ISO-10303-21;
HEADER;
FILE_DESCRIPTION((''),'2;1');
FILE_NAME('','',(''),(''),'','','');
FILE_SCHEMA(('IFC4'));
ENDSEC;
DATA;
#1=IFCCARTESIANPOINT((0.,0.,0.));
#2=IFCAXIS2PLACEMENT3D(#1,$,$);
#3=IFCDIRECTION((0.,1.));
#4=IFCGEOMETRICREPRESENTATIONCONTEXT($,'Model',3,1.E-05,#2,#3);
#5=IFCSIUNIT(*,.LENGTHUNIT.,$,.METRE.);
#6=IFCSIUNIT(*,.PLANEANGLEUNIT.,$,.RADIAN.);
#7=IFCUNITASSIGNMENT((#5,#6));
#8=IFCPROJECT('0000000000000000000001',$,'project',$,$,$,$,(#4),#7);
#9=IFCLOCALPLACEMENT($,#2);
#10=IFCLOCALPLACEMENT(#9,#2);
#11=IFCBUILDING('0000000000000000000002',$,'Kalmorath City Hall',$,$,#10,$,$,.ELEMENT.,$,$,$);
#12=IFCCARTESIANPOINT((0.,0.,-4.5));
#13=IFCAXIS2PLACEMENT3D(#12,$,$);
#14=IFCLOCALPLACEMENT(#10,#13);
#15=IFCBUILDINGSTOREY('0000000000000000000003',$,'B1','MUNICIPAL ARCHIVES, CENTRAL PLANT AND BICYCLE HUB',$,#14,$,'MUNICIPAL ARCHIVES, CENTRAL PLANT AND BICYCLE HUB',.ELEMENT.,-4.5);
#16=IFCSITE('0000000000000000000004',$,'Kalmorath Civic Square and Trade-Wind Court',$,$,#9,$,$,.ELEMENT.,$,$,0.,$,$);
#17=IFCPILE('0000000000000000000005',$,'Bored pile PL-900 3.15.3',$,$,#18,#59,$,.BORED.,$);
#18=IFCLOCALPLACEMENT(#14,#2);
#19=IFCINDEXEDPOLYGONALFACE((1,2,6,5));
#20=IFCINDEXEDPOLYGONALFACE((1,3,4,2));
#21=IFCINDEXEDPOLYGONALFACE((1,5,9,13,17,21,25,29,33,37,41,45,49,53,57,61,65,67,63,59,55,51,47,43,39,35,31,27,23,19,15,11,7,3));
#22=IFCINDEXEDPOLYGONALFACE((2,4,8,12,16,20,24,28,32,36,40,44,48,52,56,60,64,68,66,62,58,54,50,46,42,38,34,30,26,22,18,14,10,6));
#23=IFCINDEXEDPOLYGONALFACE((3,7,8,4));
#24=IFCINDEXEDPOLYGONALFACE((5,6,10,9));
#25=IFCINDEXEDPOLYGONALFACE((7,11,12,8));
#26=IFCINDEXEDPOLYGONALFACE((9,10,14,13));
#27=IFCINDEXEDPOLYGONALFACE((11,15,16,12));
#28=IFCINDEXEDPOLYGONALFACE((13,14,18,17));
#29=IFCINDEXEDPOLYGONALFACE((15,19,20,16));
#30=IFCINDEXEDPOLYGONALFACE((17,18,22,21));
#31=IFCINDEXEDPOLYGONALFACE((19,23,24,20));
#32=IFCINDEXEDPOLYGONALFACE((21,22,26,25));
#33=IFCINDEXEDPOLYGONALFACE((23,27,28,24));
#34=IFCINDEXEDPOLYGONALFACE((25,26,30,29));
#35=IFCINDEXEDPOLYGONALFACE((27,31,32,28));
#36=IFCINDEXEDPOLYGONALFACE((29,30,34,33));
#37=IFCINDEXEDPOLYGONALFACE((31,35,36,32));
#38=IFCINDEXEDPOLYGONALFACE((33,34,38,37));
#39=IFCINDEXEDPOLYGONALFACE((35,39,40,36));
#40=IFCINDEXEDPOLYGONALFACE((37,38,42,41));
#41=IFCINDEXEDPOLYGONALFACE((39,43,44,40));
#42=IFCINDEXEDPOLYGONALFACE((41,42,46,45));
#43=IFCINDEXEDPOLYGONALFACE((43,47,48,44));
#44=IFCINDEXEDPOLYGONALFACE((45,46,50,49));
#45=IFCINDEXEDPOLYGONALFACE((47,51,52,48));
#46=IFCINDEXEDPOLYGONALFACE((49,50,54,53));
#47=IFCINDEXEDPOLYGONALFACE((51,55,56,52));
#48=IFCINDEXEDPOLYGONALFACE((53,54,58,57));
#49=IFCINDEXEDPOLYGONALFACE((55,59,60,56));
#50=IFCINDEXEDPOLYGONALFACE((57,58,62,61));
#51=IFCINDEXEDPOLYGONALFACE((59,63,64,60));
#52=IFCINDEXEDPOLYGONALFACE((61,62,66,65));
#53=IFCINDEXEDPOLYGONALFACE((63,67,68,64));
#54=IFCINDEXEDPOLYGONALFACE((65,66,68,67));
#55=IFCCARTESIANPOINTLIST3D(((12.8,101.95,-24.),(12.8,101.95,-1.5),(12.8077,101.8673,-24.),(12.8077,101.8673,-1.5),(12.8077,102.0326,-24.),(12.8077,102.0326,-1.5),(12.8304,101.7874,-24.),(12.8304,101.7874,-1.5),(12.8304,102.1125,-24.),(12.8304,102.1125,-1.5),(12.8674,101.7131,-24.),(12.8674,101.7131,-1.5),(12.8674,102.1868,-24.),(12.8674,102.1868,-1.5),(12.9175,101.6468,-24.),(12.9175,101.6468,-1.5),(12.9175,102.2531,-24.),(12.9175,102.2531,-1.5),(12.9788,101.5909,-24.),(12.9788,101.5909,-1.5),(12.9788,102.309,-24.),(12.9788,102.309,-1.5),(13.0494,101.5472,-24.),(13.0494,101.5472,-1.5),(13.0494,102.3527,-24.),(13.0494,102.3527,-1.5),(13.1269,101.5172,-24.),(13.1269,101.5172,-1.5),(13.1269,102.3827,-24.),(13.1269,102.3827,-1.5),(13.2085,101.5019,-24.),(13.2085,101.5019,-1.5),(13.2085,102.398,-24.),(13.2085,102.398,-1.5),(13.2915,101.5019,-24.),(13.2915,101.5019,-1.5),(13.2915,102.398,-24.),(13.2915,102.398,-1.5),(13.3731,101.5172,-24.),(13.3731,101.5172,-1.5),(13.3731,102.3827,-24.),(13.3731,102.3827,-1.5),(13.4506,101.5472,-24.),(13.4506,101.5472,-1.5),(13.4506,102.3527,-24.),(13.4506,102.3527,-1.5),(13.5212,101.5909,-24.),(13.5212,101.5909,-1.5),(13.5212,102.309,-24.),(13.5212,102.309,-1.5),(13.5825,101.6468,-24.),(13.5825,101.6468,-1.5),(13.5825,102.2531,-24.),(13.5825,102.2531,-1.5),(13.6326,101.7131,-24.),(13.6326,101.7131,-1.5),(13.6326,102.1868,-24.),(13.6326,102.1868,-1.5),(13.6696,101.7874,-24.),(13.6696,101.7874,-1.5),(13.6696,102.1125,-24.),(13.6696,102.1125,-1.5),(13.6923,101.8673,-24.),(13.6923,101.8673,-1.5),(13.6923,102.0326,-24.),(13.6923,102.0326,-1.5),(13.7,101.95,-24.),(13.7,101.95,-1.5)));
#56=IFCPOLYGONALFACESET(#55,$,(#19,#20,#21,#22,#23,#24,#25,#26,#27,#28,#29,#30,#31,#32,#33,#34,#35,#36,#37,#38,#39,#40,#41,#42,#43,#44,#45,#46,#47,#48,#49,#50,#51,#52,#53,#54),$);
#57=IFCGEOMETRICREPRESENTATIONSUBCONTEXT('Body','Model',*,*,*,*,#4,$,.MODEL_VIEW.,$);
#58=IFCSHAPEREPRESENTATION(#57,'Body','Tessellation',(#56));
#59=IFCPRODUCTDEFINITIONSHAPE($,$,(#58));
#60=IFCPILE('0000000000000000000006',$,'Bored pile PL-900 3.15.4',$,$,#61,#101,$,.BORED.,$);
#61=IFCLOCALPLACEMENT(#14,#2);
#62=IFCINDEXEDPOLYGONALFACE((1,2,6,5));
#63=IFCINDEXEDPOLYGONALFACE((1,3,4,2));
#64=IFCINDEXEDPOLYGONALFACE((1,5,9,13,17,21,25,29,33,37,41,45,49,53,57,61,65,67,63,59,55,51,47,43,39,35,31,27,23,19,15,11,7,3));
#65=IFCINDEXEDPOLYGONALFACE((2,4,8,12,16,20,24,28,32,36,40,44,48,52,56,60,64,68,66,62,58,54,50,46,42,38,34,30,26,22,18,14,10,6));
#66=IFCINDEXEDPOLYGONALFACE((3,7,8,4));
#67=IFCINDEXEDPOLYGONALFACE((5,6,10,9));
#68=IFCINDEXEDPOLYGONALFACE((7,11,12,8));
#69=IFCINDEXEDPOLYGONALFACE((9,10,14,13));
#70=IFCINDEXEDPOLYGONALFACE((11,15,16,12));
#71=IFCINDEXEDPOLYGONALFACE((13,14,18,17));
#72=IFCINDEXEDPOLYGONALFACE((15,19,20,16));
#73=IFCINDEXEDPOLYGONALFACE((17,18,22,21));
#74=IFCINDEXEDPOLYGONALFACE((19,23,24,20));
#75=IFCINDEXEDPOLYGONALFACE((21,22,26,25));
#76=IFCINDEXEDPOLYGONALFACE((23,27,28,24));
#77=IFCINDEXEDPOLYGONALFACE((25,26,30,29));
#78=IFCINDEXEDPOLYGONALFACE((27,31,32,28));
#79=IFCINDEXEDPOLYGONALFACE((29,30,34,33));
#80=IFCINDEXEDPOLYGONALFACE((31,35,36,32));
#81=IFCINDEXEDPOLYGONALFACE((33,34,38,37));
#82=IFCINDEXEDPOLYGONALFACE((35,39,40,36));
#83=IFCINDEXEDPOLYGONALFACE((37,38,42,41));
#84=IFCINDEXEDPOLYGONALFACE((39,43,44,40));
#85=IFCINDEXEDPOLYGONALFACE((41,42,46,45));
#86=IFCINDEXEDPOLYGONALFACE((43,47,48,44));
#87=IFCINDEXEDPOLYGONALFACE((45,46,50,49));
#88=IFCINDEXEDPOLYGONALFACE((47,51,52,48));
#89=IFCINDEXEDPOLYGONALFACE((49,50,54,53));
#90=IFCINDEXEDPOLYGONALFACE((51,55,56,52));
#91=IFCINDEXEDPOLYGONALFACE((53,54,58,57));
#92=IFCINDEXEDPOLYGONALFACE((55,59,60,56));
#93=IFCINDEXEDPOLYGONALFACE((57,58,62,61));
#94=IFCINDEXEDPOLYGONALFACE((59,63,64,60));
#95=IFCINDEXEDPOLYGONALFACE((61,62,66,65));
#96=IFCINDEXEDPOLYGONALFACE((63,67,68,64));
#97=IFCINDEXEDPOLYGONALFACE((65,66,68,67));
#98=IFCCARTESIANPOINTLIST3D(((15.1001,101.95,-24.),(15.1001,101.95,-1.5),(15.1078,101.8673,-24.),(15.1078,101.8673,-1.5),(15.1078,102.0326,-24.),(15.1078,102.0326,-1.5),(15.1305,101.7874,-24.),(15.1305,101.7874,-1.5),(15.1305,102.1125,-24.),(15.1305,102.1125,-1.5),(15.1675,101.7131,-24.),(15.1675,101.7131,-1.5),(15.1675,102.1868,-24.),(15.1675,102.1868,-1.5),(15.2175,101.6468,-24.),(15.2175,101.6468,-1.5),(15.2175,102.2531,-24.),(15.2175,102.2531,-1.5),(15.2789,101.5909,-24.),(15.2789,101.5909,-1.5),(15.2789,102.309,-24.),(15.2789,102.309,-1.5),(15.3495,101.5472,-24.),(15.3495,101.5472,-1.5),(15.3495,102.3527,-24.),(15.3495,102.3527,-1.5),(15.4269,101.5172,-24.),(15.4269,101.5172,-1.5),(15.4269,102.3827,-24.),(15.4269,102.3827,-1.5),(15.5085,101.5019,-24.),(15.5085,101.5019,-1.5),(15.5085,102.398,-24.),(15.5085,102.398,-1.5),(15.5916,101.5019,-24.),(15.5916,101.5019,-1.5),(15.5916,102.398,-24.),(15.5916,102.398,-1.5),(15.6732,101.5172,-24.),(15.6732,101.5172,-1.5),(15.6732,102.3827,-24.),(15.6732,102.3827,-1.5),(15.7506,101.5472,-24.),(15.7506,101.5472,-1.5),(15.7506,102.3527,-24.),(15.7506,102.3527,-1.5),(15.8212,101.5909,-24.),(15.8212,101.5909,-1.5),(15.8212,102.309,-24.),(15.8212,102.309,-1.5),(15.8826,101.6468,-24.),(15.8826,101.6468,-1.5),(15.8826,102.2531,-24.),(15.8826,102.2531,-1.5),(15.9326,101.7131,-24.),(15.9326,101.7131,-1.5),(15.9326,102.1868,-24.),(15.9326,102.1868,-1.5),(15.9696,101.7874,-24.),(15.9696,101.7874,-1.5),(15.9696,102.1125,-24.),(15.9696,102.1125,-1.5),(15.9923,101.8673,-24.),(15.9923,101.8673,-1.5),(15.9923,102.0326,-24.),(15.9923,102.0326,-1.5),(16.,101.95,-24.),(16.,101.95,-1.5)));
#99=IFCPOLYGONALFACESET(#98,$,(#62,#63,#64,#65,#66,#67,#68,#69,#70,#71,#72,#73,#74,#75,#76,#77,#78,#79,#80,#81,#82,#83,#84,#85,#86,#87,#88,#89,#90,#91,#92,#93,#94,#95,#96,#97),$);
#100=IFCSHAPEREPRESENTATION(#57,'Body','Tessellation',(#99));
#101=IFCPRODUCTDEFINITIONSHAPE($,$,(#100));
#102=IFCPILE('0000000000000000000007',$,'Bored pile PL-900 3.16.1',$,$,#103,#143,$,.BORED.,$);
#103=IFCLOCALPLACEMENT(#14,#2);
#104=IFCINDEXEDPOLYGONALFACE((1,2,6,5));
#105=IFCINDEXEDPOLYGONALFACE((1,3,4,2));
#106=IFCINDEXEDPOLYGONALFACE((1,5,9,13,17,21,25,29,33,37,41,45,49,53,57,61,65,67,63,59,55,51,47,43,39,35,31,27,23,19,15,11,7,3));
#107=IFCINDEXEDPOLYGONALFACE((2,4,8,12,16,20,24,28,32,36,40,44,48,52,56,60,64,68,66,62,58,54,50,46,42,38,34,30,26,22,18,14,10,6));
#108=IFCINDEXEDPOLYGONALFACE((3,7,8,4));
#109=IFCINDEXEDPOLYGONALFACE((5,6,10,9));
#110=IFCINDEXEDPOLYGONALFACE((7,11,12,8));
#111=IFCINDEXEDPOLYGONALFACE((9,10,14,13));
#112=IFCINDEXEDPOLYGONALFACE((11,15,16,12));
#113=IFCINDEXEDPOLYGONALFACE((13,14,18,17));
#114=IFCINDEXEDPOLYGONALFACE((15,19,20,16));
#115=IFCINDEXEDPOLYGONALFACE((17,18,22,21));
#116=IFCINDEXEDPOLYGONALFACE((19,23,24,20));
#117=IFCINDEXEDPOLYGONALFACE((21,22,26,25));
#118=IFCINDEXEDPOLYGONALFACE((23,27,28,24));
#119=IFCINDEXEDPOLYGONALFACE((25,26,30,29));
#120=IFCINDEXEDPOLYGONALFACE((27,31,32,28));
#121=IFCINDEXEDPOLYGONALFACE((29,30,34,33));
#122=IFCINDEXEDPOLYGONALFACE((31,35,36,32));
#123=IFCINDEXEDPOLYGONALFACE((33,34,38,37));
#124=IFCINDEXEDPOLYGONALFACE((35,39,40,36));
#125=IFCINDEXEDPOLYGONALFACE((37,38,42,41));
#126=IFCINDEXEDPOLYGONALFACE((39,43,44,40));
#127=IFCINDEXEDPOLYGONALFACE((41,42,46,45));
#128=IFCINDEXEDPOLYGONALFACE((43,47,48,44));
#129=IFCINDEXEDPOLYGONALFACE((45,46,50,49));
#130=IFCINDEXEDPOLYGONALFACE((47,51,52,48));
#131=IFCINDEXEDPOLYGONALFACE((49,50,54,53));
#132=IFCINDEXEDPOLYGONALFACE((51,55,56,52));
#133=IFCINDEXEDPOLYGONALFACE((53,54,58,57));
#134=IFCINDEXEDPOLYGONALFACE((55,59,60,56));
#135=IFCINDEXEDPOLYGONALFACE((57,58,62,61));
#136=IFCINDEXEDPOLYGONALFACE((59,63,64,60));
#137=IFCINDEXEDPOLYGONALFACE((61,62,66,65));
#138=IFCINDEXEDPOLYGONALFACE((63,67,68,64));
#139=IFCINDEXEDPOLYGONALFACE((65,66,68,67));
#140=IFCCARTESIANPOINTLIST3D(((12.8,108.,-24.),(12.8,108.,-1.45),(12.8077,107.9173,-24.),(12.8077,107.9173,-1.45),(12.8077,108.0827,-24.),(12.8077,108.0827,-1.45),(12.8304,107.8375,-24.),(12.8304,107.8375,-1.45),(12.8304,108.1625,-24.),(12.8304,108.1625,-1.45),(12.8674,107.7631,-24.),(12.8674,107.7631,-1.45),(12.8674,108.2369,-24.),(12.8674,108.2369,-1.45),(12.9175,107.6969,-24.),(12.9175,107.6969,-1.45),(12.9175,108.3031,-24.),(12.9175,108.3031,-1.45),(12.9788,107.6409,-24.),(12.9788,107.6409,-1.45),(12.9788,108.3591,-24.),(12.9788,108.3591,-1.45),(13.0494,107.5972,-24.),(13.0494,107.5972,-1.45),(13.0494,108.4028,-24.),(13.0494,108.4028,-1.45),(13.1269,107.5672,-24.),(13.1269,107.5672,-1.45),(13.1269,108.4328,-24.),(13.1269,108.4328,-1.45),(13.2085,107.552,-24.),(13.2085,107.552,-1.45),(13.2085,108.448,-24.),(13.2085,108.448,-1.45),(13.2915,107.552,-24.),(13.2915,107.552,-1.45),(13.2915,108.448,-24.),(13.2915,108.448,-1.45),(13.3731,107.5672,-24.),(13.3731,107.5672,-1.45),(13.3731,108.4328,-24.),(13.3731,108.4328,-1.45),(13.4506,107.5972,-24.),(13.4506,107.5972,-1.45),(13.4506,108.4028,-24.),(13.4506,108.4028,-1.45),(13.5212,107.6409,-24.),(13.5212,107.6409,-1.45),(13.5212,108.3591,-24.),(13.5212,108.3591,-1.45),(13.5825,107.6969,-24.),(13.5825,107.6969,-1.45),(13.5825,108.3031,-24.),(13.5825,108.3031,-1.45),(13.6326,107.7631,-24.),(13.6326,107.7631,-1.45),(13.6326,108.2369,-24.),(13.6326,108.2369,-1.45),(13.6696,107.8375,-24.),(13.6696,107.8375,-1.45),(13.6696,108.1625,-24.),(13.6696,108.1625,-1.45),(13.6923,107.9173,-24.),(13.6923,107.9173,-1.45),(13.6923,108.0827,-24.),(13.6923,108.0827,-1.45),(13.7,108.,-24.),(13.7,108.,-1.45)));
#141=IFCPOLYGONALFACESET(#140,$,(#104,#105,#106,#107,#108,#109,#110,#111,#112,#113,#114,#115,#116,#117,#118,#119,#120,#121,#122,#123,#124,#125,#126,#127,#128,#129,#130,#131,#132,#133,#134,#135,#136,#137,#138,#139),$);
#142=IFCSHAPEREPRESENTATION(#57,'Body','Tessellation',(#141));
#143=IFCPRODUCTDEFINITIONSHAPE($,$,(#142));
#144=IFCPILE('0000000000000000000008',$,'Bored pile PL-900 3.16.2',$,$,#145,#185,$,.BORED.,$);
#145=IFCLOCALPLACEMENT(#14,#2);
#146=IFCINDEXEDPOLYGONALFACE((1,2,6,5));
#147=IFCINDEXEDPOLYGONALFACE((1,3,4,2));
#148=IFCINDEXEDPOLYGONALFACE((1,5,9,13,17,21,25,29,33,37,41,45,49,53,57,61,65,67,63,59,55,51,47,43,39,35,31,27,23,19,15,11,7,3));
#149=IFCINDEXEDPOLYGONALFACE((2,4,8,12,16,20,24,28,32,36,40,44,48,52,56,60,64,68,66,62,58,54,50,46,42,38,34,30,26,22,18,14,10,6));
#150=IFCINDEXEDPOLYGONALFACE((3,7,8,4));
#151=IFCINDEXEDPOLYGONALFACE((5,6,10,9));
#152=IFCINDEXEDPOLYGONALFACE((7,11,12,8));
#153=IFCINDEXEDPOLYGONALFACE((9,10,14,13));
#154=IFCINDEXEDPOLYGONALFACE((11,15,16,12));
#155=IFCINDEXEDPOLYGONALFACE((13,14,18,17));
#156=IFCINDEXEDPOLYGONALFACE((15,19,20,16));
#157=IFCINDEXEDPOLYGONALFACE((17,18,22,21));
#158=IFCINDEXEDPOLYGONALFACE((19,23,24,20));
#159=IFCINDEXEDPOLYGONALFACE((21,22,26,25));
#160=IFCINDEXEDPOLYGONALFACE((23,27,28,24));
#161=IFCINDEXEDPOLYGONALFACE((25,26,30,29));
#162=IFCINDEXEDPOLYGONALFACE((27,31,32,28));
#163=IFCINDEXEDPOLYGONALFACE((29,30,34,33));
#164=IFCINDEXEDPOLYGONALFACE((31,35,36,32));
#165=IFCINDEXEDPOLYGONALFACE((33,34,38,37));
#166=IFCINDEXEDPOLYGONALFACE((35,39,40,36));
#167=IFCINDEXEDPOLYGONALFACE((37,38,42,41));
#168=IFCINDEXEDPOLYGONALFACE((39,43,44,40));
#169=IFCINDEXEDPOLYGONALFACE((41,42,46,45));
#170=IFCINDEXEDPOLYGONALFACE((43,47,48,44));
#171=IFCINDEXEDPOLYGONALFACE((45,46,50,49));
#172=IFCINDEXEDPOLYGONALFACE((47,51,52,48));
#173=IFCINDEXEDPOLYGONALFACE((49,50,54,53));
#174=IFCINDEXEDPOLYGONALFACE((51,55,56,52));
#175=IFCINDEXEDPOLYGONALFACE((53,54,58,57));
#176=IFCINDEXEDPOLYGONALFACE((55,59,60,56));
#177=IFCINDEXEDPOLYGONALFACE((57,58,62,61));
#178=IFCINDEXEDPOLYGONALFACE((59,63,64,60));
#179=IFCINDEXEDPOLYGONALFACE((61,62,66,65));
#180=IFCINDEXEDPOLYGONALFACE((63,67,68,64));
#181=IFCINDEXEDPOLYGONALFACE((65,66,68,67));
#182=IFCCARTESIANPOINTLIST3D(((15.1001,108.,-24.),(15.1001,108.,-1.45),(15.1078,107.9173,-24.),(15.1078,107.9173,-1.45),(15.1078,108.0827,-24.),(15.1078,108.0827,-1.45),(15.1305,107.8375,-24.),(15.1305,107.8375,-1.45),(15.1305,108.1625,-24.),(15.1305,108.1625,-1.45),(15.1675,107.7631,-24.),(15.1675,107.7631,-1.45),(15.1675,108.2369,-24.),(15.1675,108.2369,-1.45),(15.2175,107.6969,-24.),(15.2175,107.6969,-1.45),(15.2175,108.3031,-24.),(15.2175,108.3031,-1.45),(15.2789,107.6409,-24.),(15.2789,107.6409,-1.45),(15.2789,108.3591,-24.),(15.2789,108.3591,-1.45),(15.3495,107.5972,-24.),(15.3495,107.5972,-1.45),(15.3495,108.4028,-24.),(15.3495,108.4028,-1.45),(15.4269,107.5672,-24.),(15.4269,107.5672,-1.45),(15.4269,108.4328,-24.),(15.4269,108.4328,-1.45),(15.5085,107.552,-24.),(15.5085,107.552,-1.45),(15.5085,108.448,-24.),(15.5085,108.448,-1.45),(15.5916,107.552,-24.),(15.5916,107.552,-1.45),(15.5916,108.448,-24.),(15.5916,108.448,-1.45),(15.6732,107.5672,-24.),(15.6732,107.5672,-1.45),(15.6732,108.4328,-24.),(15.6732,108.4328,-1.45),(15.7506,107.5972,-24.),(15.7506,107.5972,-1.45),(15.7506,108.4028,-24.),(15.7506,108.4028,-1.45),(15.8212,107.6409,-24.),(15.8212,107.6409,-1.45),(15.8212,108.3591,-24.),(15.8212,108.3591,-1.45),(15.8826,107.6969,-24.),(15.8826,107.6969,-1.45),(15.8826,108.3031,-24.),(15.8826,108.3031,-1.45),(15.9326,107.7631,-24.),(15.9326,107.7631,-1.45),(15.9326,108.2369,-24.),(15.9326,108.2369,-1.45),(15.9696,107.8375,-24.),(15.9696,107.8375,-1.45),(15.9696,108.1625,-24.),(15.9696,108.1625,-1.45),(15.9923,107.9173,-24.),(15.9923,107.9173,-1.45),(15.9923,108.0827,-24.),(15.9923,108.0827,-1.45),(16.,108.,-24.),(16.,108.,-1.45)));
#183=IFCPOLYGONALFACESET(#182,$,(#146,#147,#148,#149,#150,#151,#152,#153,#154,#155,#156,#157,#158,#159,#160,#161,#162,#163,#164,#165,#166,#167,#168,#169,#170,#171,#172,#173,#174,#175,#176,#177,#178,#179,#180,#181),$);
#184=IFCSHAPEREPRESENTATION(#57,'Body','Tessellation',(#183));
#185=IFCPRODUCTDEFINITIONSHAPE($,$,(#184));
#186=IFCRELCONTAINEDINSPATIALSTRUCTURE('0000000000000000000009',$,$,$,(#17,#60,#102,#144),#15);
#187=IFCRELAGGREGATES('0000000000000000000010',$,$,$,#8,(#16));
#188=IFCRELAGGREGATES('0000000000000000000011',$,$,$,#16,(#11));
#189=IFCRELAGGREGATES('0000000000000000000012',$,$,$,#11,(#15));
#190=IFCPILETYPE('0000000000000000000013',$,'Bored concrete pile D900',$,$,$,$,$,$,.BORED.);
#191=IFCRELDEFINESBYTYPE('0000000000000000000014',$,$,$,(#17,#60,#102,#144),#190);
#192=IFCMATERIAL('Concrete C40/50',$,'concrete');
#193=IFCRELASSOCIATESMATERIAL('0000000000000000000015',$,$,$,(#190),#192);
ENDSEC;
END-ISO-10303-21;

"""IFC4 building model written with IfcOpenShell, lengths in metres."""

from ifc_helpers import new_model, si_unit, direction, frame, origin, origin_2d, place, context, subcontext, project, spatial, circle, extrude, material, material_profile, profile_set, type_object, element, save


model = new_model("IFC4")

# Units and contexts
model_context = context("Model", 3, precision=1e-05, world=origin(), true_north=direction((0.0, 1.0)))
body_context = subcontext(model_context, "Body", "Model", "MODEL_VIEW")
ifc_project = project(units=[si_unit("LENGTHUNIT", "METRE"), si_unit("PLANEANGLEUNIT", "RADIAN")], contexts=[model_context])

# Site, building, storey
site_placement = place(None, origin())
site = spatial("IfcSite", under=ifc_project, at=site_placement, Name="Kalmorath Civic Square and Trade-Wind Court", CompositionType="ELEMENT", RefElevation=0.0)
building_placement = place(site_placement, origin())
building = spatial("IfcBuilding", under=site, at=building_placement, Name="Kalmorath City Hall", CompositionType="ELEMENT")
storey_placement = place(building_placement, frame((0.0, 0.0, -4.5)))
storey = spatial("IfcBuildingStorey", under=building, at=storey_placement, Name="B1", Description="MUNICIPAL ARCHIVES, CENTRAL PLANT AND BICYCLE HUB", LongName="MUNICIPAL ARCHIVES, CENTRAL PLANT AND BICYCLE HUB", CompositionType="ELEMENT", Elevation=-4.5)

# Piles
ifc_material_1 = material(Name="Concrete C40/50", Category="concrete")
ifc_material_profile_1 = material_profile(ifc_material_1, circle(Radius=0.45, at=origin_2d()), Name="PILE-D900")
ifc_profile_set_1 = profile_set([ifc_material_profile_1], Name="Concrete C40/50")
pile_type = type_object("IfcPileType", Name="Bored concrete pile D900", PredefinedType="BORED", material=ifc_profile_set_1)
for number, where, z_axis, x_axis, name in (
    (1, (13.25, 101.95, -1.5), (0.0, 0.0, -1.0), (1.0, 0.0, 0.0), "Bored pile PL-900 3.15.3"),
    (2, (15.55, 101.95, -1.5), (0.0, 0.0, -1.0), (1.0, 0.0, 0.0), "Bored pile PL-900 3.15.4"),
):
    element("IfcPile", number, at=place(storey_placement, frame(where, z_axis=z_axis, x_axis=x_axis)), inside=storey, type_object=pile_type, Name=name, PredefinedType="BORED", context=body_context, shape_type="SweptSolid", body=[
        extrude(circle(Radius=0.45, at=origin_2d()), origin(), (0.0, 0.0, 1.0), 22.5),
    ])
for number, where, z_axis, x_axis, name in (
    (3, (13.25, 108.0, -1.45), (0.0, 0.0, -1.0), (1.0, 0.0, 0.0), "Bored pile PL-900 3.16.1"),
    (4, (15.55, 108.0, -1.45), (0.0, 0.0, -1.0), (1.0, 0.0, 0.0), "Bored pile PL-900 3.16.2"),
):
    element("IfcPile", number, at=place(storey_placement, frame(where, z_axis=z_axis, x_axis=x_axis)), inside=storey, type_object=pile_type, Name=name, PredefinedType="BORED", context=body_context, shape_type="SweptSolid", body=[
        extrude(circle(Radius=0.45, at=origin_2d()), origin(), (0.0, 0.0, 1.0), 22.55),
    ])

save(model, "model.ifc")
